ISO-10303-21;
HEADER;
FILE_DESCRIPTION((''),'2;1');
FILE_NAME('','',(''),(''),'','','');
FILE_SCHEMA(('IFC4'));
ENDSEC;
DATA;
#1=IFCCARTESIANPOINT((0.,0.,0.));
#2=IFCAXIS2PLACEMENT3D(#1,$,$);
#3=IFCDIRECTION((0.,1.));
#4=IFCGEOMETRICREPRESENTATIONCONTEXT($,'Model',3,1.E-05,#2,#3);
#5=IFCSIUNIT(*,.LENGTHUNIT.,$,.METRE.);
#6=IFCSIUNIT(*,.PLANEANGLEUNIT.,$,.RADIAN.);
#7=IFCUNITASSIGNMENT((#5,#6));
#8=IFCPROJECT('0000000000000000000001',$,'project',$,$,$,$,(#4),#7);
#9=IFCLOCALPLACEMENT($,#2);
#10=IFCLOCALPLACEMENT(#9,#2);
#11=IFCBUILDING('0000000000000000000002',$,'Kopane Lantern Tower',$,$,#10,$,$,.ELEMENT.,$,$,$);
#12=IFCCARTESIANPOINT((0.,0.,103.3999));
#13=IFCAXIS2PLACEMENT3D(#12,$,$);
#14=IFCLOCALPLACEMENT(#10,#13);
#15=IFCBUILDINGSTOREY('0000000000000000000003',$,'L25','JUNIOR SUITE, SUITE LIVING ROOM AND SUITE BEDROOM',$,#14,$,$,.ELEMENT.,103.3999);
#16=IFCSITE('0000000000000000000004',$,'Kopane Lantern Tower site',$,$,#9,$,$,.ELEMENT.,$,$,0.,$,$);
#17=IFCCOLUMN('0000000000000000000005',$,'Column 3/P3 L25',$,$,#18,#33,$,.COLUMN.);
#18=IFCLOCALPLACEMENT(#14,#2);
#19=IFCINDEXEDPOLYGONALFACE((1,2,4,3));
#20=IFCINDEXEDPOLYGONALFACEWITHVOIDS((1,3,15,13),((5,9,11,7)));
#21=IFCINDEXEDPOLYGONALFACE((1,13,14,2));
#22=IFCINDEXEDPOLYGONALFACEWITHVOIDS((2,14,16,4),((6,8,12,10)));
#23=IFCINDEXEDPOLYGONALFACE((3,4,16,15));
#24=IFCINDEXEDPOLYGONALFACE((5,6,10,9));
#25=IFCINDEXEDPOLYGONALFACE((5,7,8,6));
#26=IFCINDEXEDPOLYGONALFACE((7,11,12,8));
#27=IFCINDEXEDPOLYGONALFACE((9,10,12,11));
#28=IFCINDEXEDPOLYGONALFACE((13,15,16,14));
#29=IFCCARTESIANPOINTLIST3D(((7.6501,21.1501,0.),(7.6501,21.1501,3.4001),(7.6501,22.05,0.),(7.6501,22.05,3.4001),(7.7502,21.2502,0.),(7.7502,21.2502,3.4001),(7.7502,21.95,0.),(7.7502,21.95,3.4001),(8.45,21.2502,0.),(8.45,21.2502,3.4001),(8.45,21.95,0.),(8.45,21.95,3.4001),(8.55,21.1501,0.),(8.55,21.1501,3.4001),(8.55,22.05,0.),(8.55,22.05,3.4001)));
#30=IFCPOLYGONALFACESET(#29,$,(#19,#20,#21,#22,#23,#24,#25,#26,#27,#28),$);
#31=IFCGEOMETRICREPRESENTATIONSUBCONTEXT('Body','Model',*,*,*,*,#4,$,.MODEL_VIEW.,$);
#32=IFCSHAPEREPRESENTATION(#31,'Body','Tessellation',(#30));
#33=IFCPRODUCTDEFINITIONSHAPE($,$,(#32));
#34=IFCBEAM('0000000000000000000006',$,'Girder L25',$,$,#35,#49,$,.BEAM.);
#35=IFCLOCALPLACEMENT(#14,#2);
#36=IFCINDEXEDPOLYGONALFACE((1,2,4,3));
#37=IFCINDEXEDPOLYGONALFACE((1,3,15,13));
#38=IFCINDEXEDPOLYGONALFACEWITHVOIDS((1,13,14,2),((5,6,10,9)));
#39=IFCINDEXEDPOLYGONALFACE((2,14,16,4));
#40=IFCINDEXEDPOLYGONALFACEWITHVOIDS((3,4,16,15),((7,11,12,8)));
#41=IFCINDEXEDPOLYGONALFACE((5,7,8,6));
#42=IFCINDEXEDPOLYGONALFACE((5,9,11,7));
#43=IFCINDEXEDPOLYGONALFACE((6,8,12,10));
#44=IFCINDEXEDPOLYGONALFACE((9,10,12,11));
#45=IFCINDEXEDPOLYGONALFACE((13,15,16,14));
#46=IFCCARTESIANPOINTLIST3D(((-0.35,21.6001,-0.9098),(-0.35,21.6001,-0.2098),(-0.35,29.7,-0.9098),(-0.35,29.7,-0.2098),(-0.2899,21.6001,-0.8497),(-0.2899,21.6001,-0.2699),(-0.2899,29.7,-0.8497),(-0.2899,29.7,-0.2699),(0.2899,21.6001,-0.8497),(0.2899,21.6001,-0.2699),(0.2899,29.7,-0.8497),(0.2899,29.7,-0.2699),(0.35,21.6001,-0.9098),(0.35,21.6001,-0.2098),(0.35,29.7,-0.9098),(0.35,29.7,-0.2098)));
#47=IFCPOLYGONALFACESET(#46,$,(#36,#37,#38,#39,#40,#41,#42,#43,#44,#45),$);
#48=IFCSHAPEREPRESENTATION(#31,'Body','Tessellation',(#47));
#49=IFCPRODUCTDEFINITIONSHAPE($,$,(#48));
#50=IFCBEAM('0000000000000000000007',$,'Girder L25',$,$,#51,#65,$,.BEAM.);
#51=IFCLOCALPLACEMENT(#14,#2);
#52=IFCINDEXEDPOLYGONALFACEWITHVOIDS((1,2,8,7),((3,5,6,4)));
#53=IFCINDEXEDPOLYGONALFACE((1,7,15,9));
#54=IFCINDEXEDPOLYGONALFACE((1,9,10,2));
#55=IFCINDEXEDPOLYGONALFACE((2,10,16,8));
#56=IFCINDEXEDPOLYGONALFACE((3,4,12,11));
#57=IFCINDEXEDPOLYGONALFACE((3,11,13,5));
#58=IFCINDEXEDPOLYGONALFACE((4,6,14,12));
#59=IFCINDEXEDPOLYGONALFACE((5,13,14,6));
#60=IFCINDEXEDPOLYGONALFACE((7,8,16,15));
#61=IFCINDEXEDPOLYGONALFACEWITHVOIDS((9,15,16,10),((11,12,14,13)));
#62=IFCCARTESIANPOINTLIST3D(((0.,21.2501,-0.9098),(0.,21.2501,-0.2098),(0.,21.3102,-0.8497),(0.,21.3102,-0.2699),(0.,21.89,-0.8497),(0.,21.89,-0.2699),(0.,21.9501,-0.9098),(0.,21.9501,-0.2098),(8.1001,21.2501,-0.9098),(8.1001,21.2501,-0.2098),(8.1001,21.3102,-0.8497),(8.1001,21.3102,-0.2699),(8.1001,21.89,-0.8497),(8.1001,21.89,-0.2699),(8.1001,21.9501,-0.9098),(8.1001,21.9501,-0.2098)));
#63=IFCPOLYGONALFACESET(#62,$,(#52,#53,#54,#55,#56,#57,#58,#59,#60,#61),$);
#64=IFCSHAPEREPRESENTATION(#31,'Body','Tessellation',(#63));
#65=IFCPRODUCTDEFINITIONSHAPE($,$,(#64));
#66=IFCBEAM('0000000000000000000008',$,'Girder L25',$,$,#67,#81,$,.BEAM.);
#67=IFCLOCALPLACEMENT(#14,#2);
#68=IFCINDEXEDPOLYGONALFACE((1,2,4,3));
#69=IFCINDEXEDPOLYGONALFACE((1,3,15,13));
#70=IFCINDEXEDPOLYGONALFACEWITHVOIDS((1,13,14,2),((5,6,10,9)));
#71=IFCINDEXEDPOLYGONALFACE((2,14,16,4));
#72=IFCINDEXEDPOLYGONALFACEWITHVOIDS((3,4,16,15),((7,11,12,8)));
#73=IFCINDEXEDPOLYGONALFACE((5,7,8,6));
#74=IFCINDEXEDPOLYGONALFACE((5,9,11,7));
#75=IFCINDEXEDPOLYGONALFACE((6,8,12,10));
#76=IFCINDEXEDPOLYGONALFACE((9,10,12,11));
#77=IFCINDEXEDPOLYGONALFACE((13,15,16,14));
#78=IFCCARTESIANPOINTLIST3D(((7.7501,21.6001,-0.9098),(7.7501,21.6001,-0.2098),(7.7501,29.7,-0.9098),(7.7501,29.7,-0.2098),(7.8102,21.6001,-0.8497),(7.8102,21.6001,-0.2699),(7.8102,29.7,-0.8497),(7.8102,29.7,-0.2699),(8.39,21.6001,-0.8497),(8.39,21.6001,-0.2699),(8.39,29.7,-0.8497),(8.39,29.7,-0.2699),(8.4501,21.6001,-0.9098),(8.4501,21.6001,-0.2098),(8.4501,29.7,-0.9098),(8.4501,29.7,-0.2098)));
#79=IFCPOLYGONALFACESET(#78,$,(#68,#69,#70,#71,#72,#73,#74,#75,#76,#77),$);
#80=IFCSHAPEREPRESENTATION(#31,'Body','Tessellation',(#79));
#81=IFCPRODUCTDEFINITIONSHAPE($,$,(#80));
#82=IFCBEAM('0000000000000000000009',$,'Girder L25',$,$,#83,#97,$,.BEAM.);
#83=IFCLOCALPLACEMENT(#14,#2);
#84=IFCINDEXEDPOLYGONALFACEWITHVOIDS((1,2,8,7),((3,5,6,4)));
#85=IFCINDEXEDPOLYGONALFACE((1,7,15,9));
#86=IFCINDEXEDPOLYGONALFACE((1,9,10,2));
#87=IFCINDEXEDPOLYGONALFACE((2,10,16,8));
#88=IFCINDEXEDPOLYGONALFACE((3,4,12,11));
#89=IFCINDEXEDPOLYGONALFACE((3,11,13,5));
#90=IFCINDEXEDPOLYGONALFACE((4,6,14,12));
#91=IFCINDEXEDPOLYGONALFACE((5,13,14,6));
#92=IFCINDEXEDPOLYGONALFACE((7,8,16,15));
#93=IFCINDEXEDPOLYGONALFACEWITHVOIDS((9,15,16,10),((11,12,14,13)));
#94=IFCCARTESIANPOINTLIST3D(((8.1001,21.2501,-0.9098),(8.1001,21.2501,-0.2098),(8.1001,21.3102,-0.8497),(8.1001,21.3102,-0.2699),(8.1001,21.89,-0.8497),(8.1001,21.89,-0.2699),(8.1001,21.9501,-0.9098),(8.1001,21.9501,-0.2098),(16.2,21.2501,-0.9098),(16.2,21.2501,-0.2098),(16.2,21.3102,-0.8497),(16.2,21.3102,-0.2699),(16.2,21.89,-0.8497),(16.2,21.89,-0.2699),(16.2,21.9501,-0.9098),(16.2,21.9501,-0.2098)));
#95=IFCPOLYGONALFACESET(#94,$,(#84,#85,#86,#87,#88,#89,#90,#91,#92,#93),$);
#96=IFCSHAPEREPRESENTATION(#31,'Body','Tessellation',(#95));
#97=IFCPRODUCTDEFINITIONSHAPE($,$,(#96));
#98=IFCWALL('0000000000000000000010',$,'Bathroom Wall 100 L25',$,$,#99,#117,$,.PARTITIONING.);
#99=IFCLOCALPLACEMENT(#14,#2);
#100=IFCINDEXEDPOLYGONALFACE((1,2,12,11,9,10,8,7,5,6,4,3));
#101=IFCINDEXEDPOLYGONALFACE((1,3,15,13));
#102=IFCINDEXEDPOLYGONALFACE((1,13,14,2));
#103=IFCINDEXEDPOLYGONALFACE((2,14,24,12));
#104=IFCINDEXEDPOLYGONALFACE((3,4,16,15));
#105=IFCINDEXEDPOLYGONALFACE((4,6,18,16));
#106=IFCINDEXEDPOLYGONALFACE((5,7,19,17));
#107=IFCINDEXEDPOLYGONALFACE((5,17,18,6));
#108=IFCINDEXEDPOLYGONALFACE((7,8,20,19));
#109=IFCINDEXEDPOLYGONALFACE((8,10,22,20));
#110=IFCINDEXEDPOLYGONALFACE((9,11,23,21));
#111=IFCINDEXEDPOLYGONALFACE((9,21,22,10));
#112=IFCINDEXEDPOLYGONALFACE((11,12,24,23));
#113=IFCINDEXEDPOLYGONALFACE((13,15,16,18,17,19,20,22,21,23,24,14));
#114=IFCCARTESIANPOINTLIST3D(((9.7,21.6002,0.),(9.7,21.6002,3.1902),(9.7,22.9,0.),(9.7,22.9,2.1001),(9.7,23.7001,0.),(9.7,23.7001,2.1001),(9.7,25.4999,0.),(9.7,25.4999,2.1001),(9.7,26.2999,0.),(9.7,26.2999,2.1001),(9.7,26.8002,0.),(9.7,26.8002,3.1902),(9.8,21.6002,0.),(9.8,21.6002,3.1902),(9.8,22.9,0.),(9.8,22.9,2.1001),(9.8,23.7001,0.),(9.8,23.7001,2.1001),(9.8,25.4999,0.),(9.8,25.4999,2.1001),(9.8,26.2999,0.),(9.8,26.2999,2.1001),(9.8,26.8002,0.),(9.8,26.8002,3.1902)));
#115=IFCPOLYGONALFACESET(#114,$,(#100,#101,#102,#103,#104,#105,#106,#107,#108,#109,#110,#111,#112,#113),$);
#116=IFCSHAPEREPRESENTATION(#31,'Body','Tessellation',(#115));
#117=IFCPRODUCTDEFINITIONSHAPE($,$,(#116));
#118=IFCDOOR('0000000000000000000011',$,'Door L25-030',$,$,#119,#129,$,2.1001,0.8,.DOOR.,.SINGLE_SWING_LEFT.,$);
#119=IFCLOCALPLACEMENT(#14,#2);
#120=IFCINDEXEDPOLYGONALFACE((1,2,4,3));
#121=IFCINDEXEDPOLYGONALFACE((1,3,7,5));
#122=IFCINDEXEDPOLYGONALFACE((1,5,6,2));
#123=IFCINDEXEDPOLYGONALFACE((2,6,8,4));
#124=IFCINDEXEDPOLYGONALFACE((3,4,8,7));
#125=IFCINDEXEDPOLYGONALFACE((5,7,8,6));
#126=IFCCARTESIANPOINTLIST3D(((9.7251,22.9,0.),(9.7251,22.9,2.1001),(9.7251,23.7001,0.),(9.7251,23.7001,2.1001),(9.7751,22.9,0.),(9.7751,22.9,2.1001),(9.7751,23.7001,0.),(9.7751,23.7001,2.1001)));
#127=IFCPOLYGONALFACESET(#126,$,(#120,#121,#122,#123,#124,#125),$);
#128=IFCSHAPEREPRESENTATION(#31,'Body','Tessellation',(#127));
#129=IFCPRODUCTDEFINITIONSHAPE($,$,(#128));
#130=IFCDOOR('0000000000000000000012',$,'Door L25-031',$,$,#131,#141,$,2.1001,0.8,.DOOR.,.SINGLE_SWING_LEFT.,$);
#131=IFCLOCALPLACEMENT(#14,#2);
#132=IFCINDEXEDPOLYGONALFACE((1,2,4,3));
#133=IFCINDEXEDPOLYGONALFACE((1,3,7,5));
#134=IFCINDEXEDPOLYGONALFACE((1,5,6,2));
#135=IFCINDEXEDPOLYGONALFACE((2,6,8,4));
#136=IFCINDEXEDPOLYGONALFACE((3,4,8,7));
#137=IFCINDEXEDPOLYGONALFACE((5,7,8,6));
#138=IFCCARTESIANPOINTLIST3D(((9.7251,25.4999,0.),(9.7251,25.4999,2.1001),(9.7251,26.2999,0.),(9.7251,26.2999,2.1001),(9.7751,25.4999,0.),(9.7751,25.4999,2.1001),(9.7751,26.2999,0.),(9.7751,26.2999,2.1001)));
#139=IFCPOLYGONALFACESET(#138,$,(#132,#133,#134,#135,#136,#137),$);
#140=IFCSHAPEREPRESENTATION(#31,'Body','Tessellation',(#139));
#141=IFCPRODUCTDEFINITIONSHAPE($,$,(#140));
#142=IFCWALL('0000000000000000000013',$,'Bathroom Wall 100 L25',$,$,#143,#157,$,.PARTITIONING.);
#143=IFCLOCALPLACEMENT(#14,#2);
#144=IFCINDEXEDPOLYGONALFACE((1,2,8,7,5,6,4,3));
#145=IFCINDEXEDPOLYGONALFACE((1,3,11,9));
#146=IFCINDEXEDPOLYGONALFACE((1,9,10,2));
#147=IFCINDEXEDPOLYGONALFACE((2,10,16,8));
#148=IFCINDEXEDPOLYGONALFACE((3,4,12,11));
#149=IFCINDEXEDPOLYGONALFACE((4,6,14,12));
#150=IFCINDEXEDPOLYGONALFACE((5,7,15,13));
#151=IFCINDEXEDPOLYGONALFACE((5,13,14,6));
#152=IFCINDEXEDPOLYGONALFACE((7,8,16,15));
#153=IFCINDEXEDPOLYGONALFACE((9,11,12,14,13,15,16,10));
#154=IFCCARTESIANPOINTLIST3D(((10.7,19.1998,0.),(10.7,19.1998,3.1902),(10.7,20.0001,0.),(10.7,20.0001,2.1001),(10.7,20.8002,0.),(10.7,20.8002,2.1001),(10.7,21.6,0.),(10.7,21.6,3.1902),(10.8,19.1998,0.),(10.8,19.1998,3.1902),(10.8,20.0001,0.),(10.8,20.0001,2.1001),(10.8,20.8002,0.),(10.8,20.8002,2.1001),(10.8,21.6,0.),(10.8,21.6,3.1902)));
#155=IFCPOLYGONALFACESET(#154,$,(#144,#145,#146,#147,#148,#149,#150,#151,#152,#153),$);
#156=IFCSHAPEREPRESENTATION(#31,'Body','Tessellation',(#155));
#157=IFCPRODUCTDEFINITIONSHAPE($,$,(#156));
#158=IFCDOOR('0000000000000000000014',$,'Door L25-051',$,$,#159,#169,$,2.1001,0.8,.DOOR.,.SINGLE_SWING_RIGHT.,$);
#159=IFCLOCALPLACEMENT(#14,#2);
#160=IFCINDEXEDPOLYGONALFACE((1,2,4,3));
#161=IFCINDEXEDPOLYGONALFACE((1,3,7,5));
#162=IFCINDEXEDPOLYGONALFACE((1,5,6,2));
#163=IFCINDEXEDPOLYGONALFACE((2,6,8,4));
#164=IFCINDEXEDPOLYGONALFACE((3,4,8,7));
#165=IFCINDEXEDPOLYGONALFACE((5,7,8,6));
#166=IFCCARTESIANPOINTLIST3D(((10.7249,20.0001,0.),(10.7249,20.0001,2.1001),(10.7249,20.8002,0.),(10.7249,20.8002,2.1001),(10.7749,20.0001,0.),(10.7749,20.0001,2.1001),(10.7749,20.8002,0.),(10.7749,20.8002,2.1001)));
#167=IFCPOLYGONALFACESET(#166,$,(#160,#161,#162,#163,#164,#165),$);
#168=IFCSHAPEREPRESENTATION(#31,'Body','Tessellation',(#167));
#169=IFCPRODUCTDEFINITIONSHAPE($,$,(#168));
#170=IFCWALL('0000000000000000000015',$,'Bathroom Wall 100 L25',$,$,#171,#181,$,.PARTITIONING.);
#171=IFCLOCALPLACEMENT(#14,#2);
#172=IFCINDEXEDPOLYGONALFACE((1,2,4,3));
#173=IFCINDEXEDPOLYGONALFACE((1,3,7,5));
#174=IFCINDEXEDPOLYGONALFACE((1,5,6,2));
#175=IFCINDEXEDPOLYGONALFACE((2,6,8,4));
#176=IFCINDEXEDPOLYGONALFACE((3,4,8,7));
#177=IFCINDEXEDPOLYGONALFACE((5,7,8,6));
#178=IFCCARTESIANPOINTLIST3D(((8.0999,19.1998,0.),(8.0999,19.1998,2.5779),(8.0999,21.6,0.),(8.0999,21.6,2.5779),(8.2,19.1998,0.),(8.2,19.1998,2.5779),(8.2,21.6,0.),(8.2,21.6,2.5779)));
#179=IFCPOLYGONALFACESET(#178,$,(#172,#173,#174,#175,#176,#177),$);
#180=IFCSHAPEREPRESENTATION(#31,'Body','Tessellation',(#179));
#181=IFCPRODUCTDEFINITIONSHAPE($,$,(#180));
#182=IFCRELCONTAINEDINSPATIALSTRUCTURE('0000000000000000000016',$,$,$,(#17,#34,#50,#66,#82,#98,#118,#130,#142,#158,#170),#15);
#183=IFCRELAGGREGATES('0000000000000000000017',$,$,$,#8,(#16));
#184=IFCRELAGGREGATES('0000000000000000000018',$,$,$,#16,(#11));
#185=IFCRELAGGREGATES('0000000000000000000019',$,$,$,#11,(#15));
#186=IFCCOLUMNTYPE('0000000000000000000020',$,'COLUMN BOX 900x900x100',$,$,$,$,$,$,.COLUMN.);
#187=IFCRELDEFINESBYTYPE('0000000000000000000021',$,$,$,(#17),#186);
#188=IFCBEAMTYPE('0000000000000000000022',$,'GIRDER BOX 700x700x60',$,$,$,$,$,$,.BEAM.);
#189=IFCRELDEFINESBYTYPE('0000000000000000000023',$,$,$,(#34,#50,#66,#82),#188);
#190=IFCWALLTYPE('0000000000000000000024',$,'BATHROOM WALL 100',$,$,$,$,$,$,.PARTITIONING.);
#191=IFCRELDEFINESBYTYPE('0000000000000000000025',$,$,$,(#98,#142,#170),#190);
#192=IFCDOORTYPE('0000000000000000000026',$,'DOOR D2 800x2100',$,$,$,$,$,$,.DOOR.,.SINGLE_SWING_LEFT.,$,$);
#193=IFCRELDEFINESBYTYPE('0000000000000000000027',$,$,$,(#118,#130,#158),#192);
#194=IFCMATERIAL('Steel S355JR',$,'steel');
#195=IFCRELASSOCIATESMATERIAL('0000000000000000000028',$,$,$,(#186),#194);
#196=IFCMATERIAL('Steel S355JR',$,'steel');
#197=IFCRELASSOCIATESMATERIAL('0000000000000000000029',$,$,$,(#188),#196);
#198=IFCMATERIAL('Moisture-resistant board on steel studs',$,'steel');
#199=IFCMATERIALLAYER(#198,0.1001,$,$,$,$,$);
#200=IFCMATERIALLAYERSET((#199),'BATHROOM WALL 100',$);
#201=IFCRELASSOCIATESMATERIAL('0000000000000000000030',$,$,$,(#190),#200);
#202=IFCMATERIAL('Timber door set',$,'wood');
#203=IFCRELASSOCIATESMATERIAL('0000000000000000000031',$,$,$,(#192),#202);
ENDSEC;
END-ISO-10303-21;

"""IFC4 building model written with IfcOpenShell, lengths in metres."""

from ifc_helpers import new_model, si_unit, direction, frame, frame_2d, origin, origin_2d, place, context, subcontext, project, spatial, rectangle, hollow_rectangle, extrude, material, layer, layer_set, material_profile, profile_set, type_object, element, fill, save


model = new_model("IFC4")

# Units and contexts
model_context = context("Model", 3, precision=1e-05, world=origin(), true_north=direction((0.0, 1.0)))
body_context = subcontext(model_context, "Body", "Model", "MODEL_VIEW")
ifc_project = project(units=[si_unit("LENGTHUNIT", "METRE"), si_unit("PLANEANGLEUNIT", "RADIAN")], contexts=[model_context])

# Site, building, storey
site_placement = place(None, origin())
site = spatial("IfcSite", under=ifc_project, at=site_placement, Name="Kopane Lantern Tower site", CompositionType="ELEMENT", RefElevation=0.0)
building_placement = place(site_placement, origin())
building = spatial("IfcBuilding", under=site, at=building_placement, Name="Kopane Lantern Tower", CompositionType="ELEMENT")
storey_placement = place(building_placement, frame((0.0, 0.0, 103.3999)))
storey = spatial("IfcBuildingStorey", under=building, at=storey_placement, Name="L25", Description="JUNIOR SUITE, SUITE LIVING ROOM AND SUITE BEDROOM", CompositionType="ELEMENT", Elevation=103.3999)

# Column
ifc_material_1 = material(Name="Steel S355JR", Category="steel")
ifc_material_profile_1 = material_profile(ifc_material_1, hollow_rectangle(XDim=0.8999, YDim=0.8999, WallThickness=0.1001, at=origin_2d()), Name="BOX 900x900x100")
ifc_profile_set_1 = profile_set([ifc_material_profile_1], Name="Steel S355JR")
column_type = type_object("IfcColumnType", Name="COLUMN BOX 900x900x100", PredefinedType="COLUMN", material=ifc_profile_set_1)
column_placement = place(storey_placement, frame((8.1001, 21.6001, 0.0), z_axis=(0.0, 0.0, 1.0), x_axis=(1.0, 0.0, 0.0)))
element("IfcColumn", 1, at=column_placement, inside=storey, type_object=column_type, Name="Column 3/P3 L25", PredefinedType="COLUMN", context=body_context, shape_type="SweptSolid", body=[
    extrude(hollow_rectangle(XDim=0.8999, YDim=0.8999, WallThickness=0.1001, at=origin_2d()), origin(), (0.0, 0.0, 1.0), 3.4001),
])

# Beams
ifc_material_2 = material(Name="Steel S355JR", Category="steel")
ifc_material_profile_2 = material_profile(ifc_material_2, hollow_rectangle(XDim=0.7, YDim=0.7, WallThickness=0.0601, at=origin_2d()), Name="BOX 700x700x60")
ifc_profile_set_2 = profile_set([ifc_material_profile_2], Name="Steel S355JR")
beam_type = type_object("IfcBeamType", Name="GIRDER BOX 700x700x60", PredefinedType="BEAM", material=ifc_profile_set_2)
beam_1_placement = place(storey_placement, frame((0.0, 21.6001, -0.5598), z_axis=(0.0, 1.0, 0.0), x_axis=(-1.0, 0.0, 0.0)))
element("IfcBeam", 2, at=beam_1_placement, inside=storey, type_object=beam_type, Name="Girder L25", PredefinedType="BEAM", context=body_context, shape_type="SweptSolid", body=[
    extrude(hollow_rectangle(XDim=0.7, YDim=0.7, WallThickness=0.0601, at=origin_2d()), origin(), (0.0, 0.0, 1.0), 8.0999),
])
beam_2_placement = place(storey_placement, frame((0.0, 21.6001, -0.5598), z_axis=(1.0, 0.0, 0.0), x_axis=(0.0, 1.0, 0.0)))
element("IfcBeam", 3, at=beam_2_placement, inside=storey, type_object=beam_type, Name="Girder L25", PredefinedType="BEAM", context=body_context, shape_type="SweptSolid", body=[
    extrude(hollow_rectangle(XDim=0.7, YDim=0.7, WallThickness=0.0601, at=origin_2d()), origin(), (0.0, 0.0, 1.0), 8.1001),
])
for number, where, z_axis, x_axis, name in (
    (4, (8.1001, 21.6001, -0.5598), (0.0, 1.0, 0.0), (-1.0, 0.0, 0.0), "Girder L25"),
    (5, (8.1001, 21.6001, -0.5598), (1.0, 0.0, 0.0), (0.0, 1.0, 0.0), "Girder L25"),
):
    element("IfcBeam", number, at=place(storey_placement, frame(where, z_axis=z_axis, x_axis=x_axis)), inside=storey, type_object=beam_type, Name=name, PredefinedType="BEAM", context=body_context, shape_type="SweptSolid", body=[
        extrude(hollow_rectangle(XDim=0.7, YDim=0.7, WallThickness=0.0601, at=origin_2d()), origin(), (0.0, 0.0, 1.0), 8.0999),
    ])

# Wall, openings, doors
ifc_material_3 = material(Name="Moisture-resistant board on steel studs", Category="steel")
ifc_layer_1 = layer(ifc_material_3, 0.1001)
ifc_layer_set_1 = layer_set([ifc_layer_1], Name="BATHROOM WALL 100")
wall_type_1 = type_object("IfcWallType", Name="BATHROOM WALL 100", PredefinedType="PARTITIONING", material=ifc_layer_set_1)
wall_1_placement = place(storey_placement, frame((9.75, 21.6001, 0.0), z_axis=(0.0, 0.0, 1.0), x_axis=(0.0, 1.0, 0.0)))
wall_1 = element("IfcWall", 6, at=wall_1_placement, inside=storey, type_object=wall_type_1, Name="Bathroom Wall 100 L25", PredefinedType="PARTITIONING", context=body_context, shape_type="SweptSolid", body=[
    extrude(rectangle(XDim=5.2, YDim=0.1001, at=frame_2d((2.6001, 0.0))), origin(), (0.0, 0.0, 1.0), 3.1902),
])
opening_1_placement = place(wall_1_placement, frame((1.3, 0.0, 0.0)))
opening_1 = element("IfcOpeningElement", 7, at=opening_1_placement, cuts=wall_1, PredefinedType="OPENING", context=body_context, shape_type="SweptSolid", body=[
    extrude(rectangle(XDim=0.8, YDim=2.1001, at=frame_2d((0.3999, 1.05))), frame((0.0, 0.0601, 0.0), z_axis=(0.0, -1.0, 0.0), x_axis=(1.0, 0.0, 0.0)), (0.0, 0.0, 1.0), 0.1201),
])
opening_2_placement = place(wall_1_placement, frame((3.8999, 0.0, 0.0)))
opening_2 = element("IfcOpeningElement", 8, at=opening_2_placement, cuts=wall_1, PredefinedType="OPENING", context=body_context, shape_type="SweptSolid", body=[
    extrude(rectangle(XDim=0.8, YDim=2.1001, at=frame_2d((0.3999, 1.05))), frame((0.0, 0.0601, 0.0), z_axis=(0.0, -1.0, 0.0), x_axis=(1.0, 0.0, 0.0)), (0.0, 0.0, 1.0), 0.1201),
])
ifc_material_4 = material(Name="Timber door set", Category="wood")
door_type_1 = type_object("IfcDoorType", Name="DOOR D2 800x2100", OperationType="SINGLE_SWING_LEFT", PredefinedType="DOOR", material=ifc_material_4)
door_1_placement = place(opening_1_placement, origin())
door_1 = element("IfcDoor", 9, at=door_1_placement, inside=storey, type_object=door_type_1, Name="Door L25-030", OperationType="SINGLE_SWING_LEFT", OverallHeight=2.1001, OverallWidth=0.8, PredefinedType="DOOR", context=body_context, shape_type="SweptSolid", body=[
    extrude(rectangle(XDim=0.8, YDim=2.1001, at=frame_2d((0.3999, 1.05))), frame((0.0, 0.0249, 0.0), z_axis=(0.0, -1.0, 0.0), x_axis=(1.0, 0.0, 0.0)), (0.0, 0.0, 1.0), 0.05),
])
fill(opening_1, door_1)
door_2_placement = place(opening_2_placement, origin())
door_2 = element("IfcDoor", 10, at=door_2_placement, inside=storey, type_object=door_type_1, Name="Door L25-031", OperationType="SINGLE_SWING_LEFT", OverallHeight=2.1001, OverallWidth=0.8, PredefinedType="DOOR", context=body_context, shape_type="SweptSolid", body=[
    extrude(rectangle(XDim=0.8, YDim=2.1001, at=frame_2d((0.3999, 1.05))), frame((0.0, 0.0249, 0.0), z_axis=(0.0, -1.0, 0.0), x_axis=(1.0, 0.0, 0.0)), (0.0, 0.0, 1.0), 0.05),
])
fill(opening_2, door_2)

# Wall, opening, door
wall_2_placement = place(storey_placement, frame((10.75, 21.6001, 0.0), z_axis=(0.0, 0.0, 1.0), x_axis=(0.0, -1.0, 0.0)))
wall_2 = element("IfcWall", 11, at=wall_2_placement, inside=storey, type_object=wall_type_1, Name="Bathroom Wall 100 L25", PredefinedType="PARTITIONING", context=body_context, shape_type="SweptSolid", body=[
    extrude(rectangle(XDim=2.4001, YDim=0.1001, at=frame_2d((1.2002, 0.0))), origin(), (0.0, 0.0, 1.0), 3.1902),
])
opening_3_placement = place(wall_2_placement, frame((0.8, 0.0, 0.0)))
opening_3 = element("IfcOpeningElement", 12, at=opening_3_placement, cuts=wall_2, PredefinedType="OPENING", context=body_context, shape_type="SweptSolid", body=[
    extrude(rectangle(XDim=0.8, YDim=2.1001, at=frame_2d((0.3999, 1.05))), frame((0.0, 0.0601, 0.0), z_axis=(0.0, -1.0, 0.0), x_axis=(1.0, 0.0, 0.0)), (0.0, 0.0, 1.0), 0.1201),
])
door_3_placement = place(opening_3_placement, origin())
door_3 = element("IfcDoor", 13, at=door_3_placement, inside=storey, type_object=door_type_1, Name="Door L25-051", OperationType="SINGLE_SWING_RIGHT", OverallHeight=2.1001, OverallWidth=0.8, PredefinedType="DOOR", context=body_context, shape_type="SweptSolid", body=[
    extrude(rectangle(XDim=0.8, YDim=2.1001, at=frame_2d((0.3999, 1.05))), frame((0.0, 0.0249, 0.0), z_axis=(0.0, -1.0, 0.0), x_axis=(1.0, 0.0, 0.0)), (0.0, 0.0, 1.0), 0.05),
])
fill(opening_3, door_3)

# Wall
wall_3_placement = place(storey_placement, frame((8.1499, 21.6001, 0.0), z_axis=(0.0, 0.0, 1.0), x_axis=(0.0, -1.0, 0.0)))
element("IfcWall", 14, at=wall_3_placement, inside=storey, type_object=wall_type_1, Name="Bathroom Wall 100 L25", PredefinedType="PARTITIONING", context=body_context, shape_type="SweptSolid", body=[
    extrude(rectangle(XDim=2.4001, YDim=0.1001, at=frame_2d((1.2002, 0.0))), origin(), (0.0, 0.0, 1.0), 2.5779),
])

save(model, "model.ifc")
